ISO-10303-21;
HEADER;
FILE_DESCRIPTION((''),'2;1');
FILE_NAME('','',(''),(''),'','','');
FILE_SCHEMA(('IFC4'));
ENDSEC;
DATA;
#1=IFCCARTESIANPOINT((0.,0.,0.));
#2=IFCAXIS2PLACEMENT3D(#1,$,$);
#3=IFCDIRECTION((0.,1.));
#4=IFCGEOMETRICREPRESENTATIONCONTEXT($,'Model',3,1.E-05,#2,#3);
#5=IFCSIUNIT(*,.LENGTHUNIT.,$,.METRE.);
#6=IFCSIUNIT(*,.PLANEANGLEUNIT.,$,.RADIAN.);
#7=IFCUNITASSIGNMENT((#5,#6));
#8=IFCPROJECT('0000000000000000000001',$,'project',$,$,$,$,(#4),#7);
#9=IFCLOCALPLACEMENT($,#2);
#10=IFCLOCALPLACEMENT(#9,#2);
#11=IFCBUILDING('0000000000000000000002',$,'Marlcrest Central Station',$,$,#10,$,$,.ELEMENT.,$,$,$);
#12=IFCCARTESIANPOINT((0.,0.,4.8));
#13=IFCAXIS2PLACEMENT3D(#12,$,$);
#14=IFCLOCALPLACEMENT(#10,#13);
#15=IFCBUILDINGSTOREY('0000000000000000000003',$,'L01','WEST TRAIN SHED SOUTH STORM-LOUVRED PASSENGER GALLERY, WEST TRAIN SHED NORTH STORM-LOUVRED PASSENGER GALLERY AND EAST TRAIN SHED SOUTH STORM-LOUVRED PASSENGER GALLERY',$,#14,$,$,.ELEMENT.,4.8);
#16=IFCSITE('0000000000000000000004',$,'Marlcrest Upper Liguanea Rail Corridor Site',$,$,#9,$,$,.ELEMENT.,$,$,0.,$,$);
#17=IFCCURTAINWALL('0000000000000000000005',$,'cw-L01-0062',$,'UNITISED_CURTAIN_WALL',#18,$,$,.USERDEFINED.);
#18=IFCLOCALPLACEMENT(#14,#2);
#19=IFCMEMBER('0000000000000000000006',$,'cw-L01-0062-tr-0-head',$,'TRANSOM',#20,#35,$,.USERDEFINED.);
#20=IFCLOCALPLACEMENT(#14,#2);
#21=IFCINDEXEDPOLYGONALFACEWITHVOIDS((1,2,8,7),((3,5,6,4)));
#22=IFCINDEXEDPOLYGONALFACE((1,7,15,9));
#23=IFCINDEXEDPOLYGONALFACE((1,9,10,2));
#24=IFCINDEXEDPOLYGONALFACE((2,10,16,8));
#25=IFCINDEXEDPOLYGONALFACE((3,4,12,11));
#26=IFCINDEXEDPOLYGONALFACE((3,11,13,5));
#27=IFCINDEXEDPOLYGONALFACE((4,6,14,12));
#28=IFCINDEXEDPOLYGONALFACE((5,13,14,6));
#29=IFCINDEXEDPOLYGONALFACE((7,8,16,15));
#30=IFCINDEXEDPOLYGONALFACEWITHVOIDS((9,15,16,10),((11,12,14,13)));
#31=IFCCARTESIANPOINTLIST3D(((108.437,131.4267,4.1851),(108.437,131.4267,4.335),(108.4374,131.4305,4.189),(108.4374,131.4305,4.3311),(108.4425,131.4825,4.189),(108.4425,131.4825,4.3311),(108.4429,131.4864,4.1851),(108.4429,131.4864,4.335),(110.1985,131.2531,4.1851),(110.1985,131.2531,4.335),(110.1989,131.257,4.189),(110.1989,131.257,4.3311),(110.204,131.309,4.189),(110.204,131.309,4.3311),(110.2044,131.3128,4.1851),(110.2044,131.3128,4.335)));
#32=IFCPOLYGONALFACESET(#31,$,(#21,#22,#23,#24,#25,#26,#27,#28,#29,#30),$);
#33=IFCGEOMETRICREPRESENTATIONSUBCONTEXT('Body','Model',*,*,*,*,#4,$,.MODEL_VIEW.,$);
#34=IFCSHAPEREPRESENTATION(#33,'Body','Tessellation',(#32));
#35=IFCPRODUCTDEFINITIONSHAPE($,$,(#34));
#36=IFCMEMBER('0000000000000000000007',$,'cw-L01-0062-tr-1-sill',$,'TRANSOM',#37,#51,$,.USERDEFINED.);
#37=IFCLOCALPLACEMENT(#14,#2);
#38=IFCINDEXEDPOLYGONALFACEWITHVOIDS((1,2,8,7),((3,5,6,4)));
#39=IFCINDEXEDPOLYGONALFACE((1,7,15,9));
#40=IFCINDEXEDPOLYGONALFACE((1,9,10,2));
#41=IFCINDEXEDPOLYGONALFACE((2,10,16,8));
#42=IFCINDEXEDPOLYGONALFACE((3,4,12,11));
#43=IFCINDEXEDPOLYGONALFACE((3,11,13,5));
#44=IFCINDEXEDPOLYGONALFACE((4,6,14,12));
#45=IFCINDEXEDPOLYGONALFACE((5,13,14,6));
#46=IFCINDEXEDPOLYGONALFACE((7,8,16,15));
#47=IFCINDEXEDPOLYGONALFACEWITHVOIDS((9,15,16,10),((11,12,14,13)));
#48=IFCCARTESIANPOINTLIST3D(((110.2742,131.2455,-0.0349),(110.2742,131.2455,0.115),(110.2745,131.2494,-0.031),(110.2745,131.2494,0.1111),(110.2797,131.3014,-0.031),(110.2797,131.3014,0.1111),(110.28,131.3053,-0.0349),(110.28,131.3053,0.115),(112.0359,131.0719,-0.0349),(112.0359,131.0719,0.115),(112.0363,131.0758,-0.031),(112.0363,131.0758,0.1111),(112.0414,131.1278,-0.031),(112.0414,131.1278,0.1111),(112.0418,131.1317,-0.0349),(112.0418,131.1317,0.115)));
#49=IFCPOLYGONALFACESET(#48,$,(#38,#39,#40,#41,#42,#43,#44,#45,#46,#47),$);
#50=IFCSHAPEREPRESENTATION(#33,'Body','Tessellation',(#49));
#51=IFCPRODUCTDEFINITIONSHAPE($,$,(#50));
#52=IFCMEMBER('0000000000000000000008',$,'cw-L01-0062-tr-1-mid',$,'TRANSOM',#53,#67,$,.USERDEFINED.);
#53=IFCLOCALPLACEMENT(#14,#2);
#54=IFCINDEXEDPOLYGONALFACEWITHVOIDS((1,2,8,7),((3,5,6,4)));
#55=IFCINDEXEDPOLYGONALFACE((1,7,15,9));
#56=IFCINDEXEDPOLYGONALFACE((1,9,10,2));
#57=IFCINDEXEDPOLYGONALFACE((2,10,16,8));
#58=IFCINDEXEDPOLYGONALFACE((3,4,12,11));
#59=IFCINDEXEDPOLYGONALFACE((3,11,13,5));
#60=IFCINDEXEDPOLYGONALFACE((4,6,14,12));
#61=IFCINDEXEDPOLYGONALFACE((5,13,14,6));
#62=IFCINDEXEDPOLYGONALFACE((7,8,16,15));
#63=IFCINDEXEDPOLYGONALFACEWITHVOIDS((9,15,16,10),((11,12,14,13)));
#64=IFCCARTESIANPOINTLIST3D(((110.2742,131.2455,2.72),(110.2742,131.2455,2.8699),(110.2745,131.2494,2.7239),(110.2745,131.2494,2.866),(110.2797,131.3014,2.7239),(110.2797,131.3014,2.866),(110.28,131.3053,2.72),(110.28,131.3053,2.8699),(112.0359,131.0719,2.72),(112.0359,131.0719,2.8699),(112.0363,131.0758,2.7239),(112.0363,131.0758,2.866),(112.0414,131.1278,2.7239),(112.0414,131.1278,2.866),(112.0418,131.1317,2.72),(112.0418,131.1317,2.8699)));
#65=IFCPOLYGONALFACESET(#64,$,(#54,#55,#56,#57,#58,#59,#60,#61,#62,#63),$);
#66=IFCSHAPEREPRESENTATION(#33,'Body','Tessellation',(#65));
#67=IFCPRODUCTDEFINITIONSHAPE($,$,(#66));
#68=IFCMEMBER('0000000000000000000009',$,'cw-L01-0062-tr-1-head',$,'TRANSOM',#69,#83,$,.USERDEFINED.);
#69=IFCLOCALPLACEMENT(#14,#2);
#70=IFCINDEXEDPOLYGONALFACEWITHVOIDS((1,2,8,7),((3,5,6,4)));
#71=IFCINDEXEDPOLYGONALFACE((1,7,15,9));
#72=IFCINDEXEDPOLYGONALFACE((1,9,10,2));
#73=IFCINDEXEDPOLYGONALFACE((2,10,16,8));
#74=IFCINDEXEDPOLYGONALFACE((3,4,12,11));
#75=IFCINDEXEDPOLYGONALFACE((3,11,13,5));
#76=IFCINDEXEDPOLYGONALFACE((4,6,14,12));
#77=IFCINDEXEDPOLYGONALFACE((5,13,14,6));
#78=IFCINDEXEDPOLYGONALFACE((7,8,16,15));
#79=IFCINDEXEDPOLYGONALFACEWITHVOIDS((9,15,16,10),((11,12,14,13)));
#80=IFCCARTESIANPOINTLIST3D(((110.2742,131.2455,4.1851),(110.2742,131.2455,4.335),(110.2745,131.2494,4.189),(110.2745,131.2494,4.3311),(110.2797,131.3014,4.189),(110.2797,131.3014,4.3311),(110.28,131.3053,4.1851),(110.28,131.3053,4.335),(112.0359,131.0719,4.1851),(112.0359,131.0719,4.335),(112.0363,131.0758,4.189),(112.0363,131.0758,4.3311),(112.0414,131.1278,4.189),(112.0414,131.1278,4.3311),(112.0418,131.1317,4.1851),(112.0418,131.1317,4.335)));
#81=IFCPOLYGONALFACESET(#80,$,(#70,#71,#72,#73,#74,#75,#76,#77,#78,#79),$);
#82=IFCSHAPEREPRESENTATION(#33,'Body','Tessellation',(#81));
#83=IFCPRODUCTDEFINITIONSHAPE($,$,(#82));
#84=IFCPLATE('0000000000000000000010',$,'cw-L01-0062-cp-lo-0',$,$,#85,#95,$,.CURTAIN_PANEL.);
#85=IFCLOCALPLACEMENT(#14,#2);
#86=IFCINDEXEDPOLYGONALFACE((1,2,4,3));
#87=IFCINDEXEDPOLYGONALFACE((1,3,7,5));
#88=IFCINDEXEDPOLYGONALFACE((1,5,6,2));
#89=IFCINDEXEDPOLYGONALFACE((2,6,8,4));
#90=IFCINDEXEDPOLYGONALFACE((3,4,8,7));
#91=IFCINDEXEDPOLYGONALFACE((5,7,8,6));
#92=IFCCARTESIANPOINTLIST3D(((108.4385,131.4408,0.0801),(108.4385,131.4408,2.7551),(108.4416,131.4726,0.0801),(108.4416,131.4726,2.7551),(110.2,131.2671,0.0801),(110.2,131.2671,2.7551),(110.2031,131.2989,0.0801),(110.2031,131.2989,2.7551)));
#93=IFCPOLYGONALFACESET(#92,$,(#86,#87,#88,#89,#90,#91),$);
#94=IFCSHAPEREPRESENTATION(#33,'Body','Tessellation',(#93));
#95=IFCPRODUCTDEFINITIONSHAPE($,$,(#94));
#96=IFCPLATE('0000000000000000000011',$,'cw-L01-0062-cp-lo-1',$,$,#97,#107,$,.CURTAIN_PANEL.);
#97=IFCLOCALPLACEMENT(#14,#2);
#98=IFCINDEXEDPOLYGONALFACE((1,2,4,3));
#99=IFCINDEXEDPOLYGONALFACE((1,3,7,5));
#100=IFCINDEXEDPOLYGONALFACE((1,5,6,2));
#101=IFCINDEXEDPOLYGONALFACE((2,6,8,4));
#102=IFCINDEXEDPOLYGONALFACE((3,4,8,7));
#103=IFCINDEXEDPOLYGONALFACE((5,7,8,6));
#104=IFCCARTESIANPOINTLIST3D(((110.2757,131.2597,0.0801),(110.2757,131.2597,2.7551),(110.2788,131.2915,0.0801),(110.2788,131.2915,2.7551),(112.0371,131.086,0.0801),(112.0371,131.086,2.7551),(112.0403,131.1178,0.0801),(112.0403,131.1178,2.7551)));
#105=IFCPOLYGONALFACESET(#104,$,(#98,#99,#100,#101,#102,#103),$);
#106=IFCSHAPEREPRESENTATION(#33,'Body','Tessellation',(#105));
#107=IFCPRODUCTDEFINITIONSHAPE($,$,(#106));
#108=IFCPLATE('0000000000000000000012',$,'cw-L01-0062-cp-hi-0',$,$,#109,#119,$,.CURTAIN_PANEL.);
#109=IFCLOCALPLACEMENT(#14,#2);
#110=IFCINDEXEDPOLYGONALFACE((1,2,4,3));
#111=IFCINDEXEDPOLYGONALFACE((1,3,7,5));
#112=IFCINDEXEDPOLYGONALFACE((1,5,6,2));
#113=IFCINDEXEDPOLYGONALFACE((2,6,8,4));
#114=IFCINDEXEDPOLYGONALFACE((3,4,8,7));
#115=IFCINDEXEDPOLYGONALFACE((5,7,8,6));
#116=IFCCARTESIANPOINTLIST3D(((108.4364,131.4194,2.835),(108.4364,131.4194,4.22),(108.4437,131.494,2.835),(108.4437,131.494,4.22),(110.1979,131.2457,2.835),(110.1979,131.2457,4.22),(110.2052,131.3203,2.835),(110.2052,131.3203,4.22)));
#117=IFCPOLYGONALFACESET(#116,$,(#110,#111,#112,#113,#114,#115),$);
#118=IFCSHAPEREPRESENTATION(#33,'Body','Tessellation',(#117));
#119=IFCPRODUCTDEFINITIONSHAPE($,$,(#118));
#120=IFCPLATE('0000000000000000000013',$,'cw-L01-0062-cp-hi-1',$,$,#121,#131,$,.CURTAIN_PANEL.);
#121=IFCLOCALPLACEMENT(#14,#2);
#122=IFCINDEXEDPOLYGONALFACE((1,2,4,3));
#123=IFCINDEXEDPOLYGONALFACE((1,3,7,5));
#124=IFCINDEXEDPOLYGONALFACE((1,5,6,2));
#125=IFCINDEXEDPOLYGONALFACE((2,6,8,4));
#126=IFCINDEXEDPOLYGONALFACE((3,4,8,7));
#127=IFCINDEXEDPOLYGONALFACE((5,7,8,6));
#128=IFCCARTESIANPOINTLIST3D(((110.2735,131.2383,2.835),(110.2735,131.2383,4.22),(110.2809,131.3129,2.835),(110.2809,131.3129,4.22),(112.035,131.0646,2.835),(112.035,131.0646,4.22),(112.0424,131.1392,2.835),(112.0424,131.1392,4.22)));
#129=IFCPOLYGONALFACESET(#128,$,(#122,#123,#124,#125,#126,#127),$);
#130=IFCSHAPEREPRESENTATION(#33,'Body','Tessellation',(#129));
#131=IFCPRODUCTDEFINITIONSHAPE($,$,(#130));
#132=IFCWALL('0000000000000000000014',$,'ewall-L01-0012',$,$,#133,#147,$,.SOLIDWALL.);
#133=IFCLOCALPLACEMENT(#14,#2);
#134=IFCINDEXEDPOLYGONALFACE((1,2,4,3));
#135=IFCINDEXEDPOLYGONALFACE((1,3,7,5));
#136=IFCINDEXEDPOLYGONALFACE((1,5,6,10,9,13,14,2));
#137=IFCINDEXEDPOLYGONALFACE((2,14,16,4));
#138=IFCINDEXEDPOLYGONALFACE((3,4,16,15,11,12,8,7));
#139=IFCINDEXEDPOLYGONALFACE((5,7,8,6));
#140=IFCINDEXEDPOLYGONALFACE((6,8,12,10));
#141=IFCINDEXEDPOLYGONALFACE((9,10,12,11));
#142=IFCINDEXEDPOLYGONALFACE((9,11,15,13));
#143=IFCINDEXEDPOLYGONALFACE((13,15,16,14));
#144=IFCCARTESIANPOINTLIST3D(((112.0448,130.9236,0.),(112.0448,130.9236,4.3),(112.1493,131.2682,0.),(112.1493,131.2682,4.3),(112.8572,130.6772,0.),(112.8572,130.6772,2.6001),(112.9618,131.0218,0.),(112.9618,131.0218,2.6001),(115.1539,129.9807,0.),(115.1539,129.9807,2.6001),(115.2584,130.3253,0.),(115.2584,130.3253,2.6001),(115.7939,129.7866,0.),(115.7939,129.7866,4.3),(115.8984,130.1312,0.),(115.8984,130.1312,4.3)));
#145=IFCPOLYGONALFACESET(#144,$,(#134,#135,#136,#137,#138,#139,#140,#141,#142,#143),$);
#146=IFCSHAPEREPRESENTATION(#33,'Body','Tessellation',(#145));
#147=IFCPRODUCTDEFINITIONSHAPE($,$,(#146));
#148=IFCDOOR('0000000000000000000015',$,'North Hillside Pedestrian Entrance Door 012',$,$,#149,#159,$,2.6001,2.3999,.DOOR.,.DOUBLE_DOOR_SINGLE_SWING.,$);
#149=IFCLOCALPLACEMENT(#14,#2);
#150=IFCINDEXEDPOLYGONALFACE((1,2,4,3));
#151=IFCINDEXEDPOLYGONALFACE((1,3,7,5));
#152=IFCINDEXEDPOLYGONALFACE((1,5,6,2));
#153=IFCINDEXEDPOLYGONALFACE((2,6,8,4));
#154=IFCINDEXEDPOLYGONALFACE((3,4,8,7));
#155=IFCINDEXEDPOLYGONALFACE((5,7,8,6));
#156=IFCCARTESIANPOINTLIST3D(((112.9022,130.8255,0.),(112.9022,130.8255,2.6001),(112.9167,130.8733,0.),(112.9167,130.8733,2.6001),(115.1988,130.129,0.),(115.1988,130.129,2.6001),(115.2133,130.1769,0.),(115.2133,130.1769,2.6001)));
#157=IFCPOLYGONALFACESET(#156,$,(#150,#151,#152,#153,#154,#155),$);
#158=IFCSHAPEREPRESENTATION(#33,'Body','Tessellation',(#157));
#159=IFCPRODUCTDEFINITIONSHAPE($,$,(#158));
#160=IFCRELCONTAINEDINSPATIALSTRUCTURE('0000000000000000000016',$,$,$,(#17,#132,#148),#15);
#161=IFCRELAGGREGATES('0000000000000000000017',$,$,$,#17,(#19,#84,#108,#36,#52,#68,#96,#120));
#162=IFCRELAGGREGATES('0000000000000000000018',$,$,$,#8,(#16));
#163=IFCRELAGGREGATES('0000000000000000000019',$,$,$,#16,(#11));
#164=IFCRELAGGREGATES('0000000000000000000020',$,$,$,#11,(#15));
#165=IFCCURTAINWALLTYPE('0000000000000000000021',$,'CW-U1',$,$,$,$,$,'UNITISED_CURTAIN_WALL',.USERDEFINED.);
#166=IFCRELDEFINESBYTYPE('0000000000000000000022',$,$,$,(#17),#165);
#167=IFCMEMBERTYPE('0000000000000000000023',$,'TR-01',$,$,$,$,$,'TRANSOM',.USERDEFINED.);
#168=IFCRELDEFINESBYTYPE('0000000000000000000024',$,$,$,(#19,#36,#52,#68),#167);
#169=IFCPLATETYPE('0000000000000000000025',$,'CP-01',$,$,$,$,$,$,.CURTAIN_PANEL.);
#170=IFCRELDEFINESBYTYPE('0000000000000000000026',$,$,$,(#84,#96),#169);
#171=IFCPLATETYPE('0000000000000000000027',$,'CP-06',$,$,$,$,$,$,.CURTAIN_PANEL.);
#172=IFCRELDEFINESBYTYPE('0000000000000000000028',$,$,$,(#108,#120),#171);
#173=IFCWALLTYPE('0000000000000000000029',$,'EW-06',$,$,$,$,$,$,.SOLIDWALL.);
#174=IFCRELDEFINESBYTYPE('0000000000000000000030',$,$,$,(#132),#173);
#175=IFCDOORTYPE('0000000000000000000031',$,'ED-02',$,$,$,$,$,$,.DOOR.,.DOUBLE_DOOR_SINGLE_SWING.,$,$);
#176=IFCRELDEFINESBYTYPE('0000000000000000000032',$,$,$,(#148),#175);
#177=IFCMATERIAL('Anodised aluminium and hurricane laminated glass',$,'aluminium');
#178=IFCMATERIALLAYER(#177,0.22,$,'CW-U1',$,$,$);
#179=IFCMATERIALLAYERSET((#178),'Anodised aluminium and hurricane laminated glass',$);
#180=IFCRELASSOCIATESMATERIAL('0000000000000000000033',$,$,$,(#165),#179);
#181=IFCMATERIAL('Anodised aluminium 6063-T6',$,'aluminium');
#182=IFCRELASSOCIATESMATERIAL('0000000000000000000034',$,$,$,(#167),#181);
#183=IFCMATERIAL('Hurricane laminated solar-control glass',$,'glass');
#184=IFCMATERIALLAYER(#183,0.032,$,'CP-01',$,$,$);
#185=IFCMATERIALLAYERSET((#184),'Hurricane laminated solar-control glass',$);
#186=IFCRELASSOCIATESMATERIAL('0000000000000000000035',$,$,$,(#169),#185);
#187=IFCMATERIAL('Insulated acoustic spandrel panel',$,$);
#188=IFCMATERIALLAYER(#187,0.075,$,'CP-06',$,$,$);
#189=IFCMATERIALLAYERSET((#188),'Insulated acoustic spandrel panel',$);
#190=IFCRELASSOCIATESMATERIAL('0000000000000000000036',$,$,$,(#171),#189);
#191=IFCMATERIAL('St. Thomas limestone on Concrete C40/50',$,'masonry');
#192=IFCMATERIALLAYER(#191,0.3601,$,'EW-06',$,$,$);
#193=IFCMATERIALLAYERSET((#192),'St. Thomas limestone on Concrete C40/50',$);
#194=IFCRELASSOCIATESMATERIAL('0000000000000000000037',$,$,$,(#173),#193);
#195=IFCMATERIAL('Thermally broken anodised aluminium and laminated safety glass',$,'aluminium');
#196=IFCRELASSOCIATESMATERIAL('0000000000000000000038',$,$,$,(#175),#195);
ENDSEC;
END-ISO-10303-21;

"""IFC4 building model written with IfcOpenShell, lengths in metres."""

from ifc_helpers import new_model, si_unit, direction, frame, frame_2d, origin, origin_2d, place, context, subcontext, project, spatial, rectangle, hollow_rectangle, extrude, material, layer, layer_set, material_profile, profile_set, type_object, element, fill, aggregate, save


model = new_model("IFC4")

# Units and contexts
model_context = context("Model", 3, precision=1e-05, world=origin(), true_north=direction((0.0, 1.0)))
body_context = subcontext(model_context, "Body", "Model", "MODEL_VIEW")
ifc_project = project(units=[si_unit("LENGTHUNIT", "METRE"), si_unit("PLANEANGLEUNIT", "RADIAN")], contexts=[model_context])

# Site, building, storey
site_placement = place(None, origin())
site = spatial("IfcSite", under=ifc_project, at=site_placement, Name="Marlcrest Upper Liguanea Rail Corridor Site", CompositionType="ELEMENT", RefElevation=0.0)
building_placement = place(site_placement, origin())
building = spatial("IfcBuilding", under=site, at=building_placement, Name="Marlcrest Central Station", CompositionType="ELEMENT")
storey_placement = place(building_placement, frame((0.0, 0.0, 4.8)))
storey = spatial("IfcBuildingStorey", under=building, at=storey_placement, Name="L01", Description="WEST TRAIN SHED SOUTH STORM-LOUVRED PASSENGER GALLERY, WEST TRAIN SHED NORTH STORM-LOUVRED PASSENGER GALLERY AND EAST TRAIN SHED SOUTH STORM-LOUVRED PASSENGER GALLERY", CompositionType="ELEMENT", Elevation=4.8)

# Curtain wall
ifc_material_1 = material(Name="Anodised aluminium and hurricane laminated glass", Category="aluminium")
ifc_layer_1 = layer(ifc_material_1, 0.22, Name="CW-U1")
ifc_layer_set_1 = layer_set([ifc_layer_1], Name="Anodised aluminium and hurricane laminated glass")
curtain_wall_type = type_object("IfcCurtainWallType", Name="CW-U1", ElementType="UNITISED_CURTAIN_WALL", PredefinedType="USERDEFINED", material=ifc_layer_set_1)
curtain_wall_placement = place(storey_placement, origin())
curtain_wall = element("IfcCurtainWall", 1, at=curtain_wall_placement, inside=storey, type_object=curtain_wall_type, Name="cw-L01-0062", ObjectType="UNITISED_CURTAIN_WALL", PredefinedType="USERDEFINED")
ifc_material_2 = material(Name="Anodised aluminium 6063-T6", Category="aluminium")

# Members
ifc_material_profile_1 = material_profile(ifc_material_2, hollow_rectangle(XDim=0.0601, YDim=0.1499, WallThickness=0.0039, at=origin_2d()), Name="AA-RHS 150x60x4")
ifc_profile_set_1 = profile_set([ifc_material_profile_1], Name="Anodised aluminium 6063-T6")
member_type_1 = type_object("IfcMemberType", Name="TR-01", ElementType="TRANSOM", PredefinedType="USERDEFINED", material=ifc_profile_set_1)
member_1_placement = place(storey_placement, frame((108.4399, 131.4565, 4.26), z_axis=(0.99518, -0.09807, 0.0), x_axis=(0.09807, 0.99518, 0.0)))
member_1 = element("IfcMember", 2, at=member_1_placement, type_object=member_type_1, Name="cw-L01-0062-tr-0-head", ObjectType="TRANSOM", PredefinedType="USERDEFINED", context=body_context, shape_type="SweptSolid", body=[
    extrude(hollow_rectangle(XDim=0.0601, YDim=0.1499, WallThickness=0.0039, at=origin_2d()), origin(), (0.0, 0.0, 1.0), 1.77),
])
member_2_placement = place(storey_placement, frame((110.2771, 131.2754, 0.04), z_axis=(0.995181, -0.098056, 0.0), x_axis=(0.098056, 0.995181, 0.0)))
member_2 = element("IfcMember", 3, at=member_2_placement, type_object=member_type_1, Name="cw-L01-0062-tr-1-sill", ObjectType="TRANSOM", PredefinedType="USERDEFINED", context=body_context, shape_type="SweptSolid", body=[
    extrude(hollow_rectangle(XDim=0.0601, YDim=0.1499, WallThickness=0.0039, at=origin_2d()), origin(), (0.0, 0.0, 1.0), 1.7703),
])
member_3_placement = place(storey_placement, frame((110.2771, 131.2754, 2.7949), z_axis=(0.995181, -0.098056, 0.0), x_axis=(0.098056, 0.995181, 0.0)))
member_3 = element("IfcMember", 4, at=member_3_placement, type_object=member_type_1, Name="cw-L01-0062-tr-1-mid", ObjectType="TRANSOM", PredefinedType="USERDEFINED", context=body_context, shape_type="SweptSolid", body=[
    extrude(hollow_rectangle(XDim=0.0601, YDim=0.1499, WallThickness=0.0039, at=origin_2d()), origin(), (0.0, 0.0, 1.0), 1.7703),
])
member_4_placement = place(storey_placement, frame((110.2771, 131.2754, 4.26), z_axis=(0.995181, -0.098056, 0.0), x_axis=(0.098056, 0.995181, 0.0)))
member_4 = element("IfcMember", 5, at=member_4_placement, type_object=member_type_1, Name="cw-L01-0062-tr-1-head", ObjectType="TRANSOM", PredefinedType="USERDEFINED", context=body_context, shape_type="SweptSolid", body=[
    extrude(hollow_rectangle(XDim=0.0601, YDim=0.1499, WallThickness=0.0039, at=origin_2d()), origin(), (0.0, 0.0, 1.0), 1.7703),
])

# Plates
ifc_material_3 = material(Name="Hurricane laminated solar-control glass", Category="glass")
ifc_layer_2 = layer(ifc_material_3, 0.032, Name="CP-01")
ifc_layer_set_2 = layer_set([ifc_layer_2], Name="Hurricane laminated solar-control glass")
plate_type_1 = type_object("IfcPlateType", Name="CP-01", PredefinedType="CURTAIN_PANEL", material=ifc_layer_set_2)
plate_1_placement = place(storey_placement, frame((109.3208, 131.3699, 0.0801), z_axis=(0.0, 0.0, 1.0), x_axis=(0.995173, -0.098139, 0.0)))
plate_1 = element("IfcPlate", 6, at=plate_1_placement, type_object=plate_type_1, Name="cw-L01-0062-cp-lo-0", PredefinedType="CURTAIN_PANEL", context=body_context, shape_type="SweptSolid", body=[
    extrude(rectangle(XDim=1.77, YDim=0.032, at=origin_2d()), origin(), (0.0, 0.0, 1.0), 2.675),
])
plate_2_placement = place(storey_placement, frame((111.158, 131.1887, 0.0801), z_axis=(0.0, 0.0, 1.0), x_axis=(0.995173, -0.098139, 0.0)))
plate_2 = element("IfcPlate", 7, at=plate_2_placement, type_object=plate_type_1, Name="cw-L01-0062-cp-lo-1", PredefinedType="CURTAIN_PANEL", context=body_context, shape_type="SweptSolid", body=[
    extrude(rectangle(XDim=1.77, YDim=0.032, at=origin_2d()), origin(), (0.0, 0.0, 1.0), 2.675),
])
ifc_material_4 = material(Name="Insulated acoustic spandrel panel")
ifc_layer_3 = layer(ifc_material_4, 0.075, Name="CP-06")
ifc_layer_set_3 = layer_set([ifc_layer_3], Name="Insulated acoustic spandrel panel")
plate_type_2 = type_object("IfcPlateType", Name="CP-06", PredefinedType="CURTAIN_PANEL", material=ifc_layer_set_3)
plate_3_placement = place(storey_placement, frame((109.3208, 131.3699, 2.835), z_axis=(0.0, 0.0, 1.0), x_axis=(0.995173, -0.098139, 0.0)))
plate_3 = element("IfcPlate", 8, at=plate_3_placement, type_object=plate_type_2, Name="cw-L01-0062-cp-hi-0", PredefinedType="CURTAIN_PANEL", context=body_context, shape_type="SweptSolid", body=[
    extrude(rectangle(XDim=1.77, YDim=0.075, at=origin_2d()), origin(), (0.0, 0.0, 1.0), 1.385),
])
plate_4_placement = place(storey_placement, frame((111.158, 131.1887, 2.835), z_axis=(0.0, 0.0, 1.0), x_axis=(0.995173, -0.098139, 0.0)))
plate_4 = element("IfcPlate", 9, at=plate_4_placement, type_object=plate_type_2, Name="cw-L01-0062-cp-hi-1", PredefinedType="CURTAIN_PANEL", context=body_context, shape_type="SweptSolid", body=[
    extrude(rectangle(XDim=1.77, YDim=0.075, at=origin_2d()), origin(), (0.0, 0.0, 1.0), 1.385),
])
aggregate(curtain_wall, [member_1, plate_1, plate_3, member_2, member_3, member_4, plate_2, plate_4])

# Wall, opening, door
ifc_material_5 = material(Name="St. Thomas limestone on Concrete C40/50", Category="masonry")
ifc_layer_4 = layer(ifc_material_5, 0.3601, Name="EW-06")
ifc_layer_set_4 = layer_set([ifc_layer_4], Name="St. Thomas limestone on Concrete C40/50")
wall_type = type_object("IfcWallType", Name="EW-06", PredefinedType="SOLIDWALL", material=ifc_layer_set_4)
wall_placement = place(storey_placement, frame((112.0969, 131.0959, 0.0), z_axis=(0.0, 0.0, 1.0), x_axis=(0.956961, -0.290217, 0.0)))
wall = element("IfcWall", 10, at=wall_placement, inside=storey, type_object=wall_type, Name="ewall-L01-0012", PredefinedType="SOLIDWALL", context=body_context, shape_type="SweptSolid", body=[
    extrude(rectangle(XDim=3.9177, YDim=0.3601, at=frame_2d((1.959, 0.0))), origin(), (0.0, 0.0, 1.0), 4.3),
])
opening_placement = place(wall_placement, frame((0.8491, 0.0, 0.0)))
opening = element("IfcOpeningElement", 11, at=opening_placement, cuts=wall, PredefinedType="OPENING", context=body_context, shape_type="SweptSolid", body=[
    extrude(rectangle(XDim=2.3999, YDim=2.6001, at=frame_2d((1.2, 1.3))), frame((0.0, 0.1899, 0.0), z_axis=(0.0, -1.0, 0.0), x_axis=(1.0, 0.0, 0.0)), (0.0, 0.0, 1.0), 0.3801),
])
ifc_material_6 = material(Name="Thermally broken anodised aluminium and laminated safety glass", Category="aluminium")
door_type = type_object("IfcDoorType", Name="ED-02", OperationType="DOUBLE_DOOR_SINGLE_SWING", PredefinedType="DOOR", material=ifc_material_6)
door_placement = place(opening_placement, origin())
door = element("IfcDoor", 12, at=door_placement, inside=storey, type_object=door_type, Name="North Hillside Pedestrian Entrance Door 012", OperationType="DOUBLE_DOOR_SINGLE_SWING", OverallHeight=2.6001, OverallWidth=2.3999, PredefinedType="DOOR", context=body_context, shape_type="SweptSolid", body=[
    extrude(rectangle(XDim=2.3999, YDim=2.6001, at=frame_2d((1.2, 1.3))), frame((0.0, 0.0249, 0.0), z_axis=(0.0, -1.0, 0.0), x_axis=(1.0, 0.0, 0.0)), (0.0, 0.0, 1.0), 0.05),
])
fill(opening, door)

save(model, "model.ifc")
